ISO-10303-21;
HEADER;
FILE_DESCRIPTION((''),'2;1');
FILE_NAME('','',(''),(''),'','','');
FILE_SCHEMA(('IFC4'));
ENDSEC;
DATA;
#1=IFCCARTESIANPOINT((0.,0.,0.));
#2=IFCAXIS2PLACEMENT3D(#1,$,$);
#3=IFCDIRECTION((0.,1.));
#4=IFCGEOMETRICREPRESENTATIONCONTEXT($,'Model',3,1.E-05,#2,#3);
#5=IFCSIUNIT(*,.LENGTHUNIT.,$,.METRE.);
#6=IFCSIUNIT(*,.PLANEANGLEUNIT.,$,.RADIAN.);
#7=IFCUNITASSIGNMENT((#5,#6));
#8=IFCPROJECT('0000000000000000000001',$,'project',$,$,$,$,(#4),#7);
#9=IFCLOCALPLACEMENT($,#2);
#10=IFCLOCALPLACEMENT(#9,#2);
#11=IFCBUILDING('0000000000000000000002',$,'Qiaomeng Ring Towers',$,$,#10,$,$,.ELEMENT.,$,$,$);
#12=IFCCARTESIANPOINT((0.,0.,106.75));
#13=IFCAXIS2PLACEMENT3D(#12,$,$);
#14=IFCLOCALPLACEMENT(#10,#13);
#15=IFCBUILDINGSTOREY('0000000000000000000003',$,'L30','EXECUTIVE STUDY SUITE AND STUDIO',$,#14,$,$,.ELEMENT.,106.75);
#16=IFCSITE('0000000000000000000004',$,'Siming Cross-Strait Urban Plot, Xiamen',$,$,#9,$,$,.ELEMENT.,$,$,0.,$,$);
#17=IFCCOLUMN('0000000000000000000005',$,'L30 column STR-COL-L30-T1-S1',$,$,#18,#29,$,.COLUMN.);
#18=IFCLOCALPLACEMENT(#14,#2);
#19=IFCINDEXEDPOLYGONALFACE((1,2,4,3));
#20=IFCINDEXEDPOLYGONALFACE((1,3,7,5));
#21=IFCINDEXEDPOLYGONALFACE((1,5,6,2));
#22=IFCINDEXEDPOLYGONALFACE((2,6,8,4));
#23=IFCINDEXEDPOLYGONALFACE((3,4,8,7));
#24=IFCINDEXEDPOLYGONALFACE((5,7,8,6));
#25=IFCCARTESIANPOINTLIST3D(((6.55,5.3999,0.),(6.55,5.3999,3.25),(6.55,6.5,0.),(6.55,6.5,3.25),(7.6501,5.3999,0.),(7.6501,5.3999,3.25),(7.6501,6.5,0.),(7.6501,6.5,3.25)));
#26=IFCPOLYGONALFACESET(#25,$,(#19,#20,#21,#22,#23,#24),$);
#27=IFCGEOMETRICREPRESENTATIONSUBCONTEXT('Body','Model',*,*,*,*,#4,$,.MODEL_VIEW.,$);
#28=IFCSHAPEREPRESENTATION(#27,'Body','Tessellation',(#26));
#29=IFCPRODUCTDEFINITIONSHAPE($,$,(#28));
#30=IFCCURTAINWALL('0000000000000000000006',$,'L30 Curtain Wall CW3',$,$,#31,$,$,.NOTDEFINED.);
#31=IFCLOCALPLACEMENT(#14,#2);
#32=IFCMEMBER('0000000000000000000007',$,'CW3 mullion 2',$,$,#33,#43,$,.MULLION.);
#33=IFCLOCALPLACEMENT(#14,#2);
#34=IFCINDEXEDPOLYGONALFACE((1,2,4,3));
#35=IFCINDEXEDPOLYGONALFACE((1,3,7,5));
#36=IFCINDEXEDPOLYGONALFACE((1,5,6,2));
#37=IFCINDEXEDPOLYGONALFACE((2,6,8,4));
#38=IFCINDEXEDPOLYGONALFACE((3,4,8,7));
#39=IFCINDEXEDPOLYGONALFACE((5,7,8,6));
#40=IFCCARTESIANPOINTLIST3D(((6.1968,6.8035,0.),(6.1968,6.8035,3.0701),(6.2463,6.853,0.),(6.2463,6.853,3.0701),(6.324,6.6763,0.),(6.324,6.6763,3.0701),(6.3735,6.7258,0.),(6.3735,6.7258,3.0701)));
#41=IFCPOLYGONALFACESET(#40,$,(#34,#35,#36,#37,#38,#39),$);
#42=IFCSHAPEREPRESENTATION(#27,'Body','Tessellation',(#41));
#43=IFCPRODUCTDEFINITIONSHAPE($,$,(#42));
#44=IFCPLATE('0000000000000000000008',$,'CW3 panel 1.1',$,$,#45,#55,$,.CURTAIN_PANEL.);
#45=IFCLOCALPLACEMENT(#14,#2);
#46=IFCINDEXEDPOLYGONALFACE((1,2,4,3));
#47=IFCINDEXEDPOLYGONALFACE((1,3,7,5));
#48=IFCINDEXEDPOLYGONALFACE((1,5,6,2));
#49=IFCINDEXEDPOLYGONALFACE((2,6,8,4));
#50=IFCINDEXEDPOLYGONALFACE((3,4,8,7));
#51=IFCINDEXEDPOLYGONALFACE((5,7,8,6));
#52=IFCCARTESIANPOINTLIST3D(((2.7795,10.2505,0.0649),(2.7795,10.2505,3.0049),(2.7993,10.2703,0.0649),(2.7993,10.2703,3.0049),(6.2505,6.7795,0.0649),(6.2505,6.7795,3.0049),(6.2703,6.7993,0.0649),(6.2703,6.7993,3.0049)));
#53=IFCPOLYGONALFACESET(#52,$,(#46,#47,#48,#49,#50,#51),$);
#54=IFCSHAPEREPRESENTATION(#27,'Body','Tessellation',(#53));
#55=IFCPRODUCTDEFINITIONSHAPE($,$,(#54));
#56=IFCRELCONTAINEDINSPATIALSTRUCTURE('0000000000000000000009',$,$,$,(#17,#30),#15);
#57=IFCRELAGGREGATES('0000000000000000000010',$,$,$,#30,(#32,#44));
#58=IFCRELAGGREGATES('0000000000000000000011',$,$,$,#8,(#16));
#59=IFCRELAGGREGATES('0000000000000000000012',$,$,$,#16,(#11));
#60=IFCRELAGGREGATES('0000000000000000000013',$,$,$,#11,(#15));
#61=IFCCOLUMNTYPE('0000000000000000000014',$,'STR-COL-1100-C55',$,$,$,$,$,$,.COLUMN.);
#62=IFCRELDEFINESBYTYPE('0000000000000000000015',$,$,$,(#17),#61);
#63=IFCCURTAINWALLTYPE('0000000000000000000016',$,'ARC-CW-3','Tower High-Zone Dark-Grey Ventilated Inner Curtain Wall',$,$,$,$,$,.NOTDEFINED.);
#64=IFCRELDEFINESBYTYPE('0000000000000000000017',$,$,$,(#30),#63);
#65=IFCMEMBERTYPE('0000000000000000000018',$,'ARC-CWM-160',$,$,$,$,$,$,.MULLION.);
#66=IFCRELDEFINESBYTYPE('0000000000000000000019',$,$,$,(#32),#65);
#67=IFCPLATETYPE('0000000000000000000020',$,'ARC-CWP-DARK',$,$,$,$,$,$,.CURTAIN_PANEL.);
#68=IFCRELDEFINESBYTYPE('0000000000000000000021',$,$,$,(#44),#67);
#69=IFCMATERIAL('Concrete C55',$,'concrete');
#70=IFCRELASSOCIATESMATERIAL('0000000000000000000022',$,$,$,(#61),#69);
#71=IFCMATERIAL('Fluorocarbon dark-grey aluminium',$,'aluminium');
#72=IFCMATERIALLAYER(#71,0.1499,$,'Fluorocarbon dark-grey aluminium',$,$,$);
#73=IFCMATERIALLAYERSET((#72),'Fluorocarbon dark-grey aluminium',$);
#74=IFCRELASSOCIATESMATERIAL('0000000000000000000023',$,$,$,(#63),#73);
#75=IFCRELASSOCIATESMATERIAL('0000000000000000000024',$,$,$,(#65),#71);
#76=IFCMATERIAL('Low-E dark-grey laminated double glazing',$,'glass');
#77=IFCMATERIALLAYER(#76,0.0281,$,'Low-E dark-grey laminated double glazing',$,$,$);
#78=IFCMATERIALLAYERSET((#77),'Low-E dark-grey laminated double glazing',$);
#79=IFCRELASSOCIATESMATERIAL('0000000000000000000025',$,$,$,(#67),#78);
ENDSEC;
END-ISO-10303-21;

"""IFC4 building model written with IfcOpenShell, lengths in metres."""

from ifc_helpers import new_model, si_unit, direction, frame, origin, origin_2d, place, context, subcontext, project, spatial, rectangle, extrude, source, transform, mapped, material, layer, layer_set, material_profile, profile_set, type_object, element, aggregate, save


model = new_model("IFC4")

# Units and contexts
model_context = context("Model", 3, precision=1e-05, world=origin(), true_north=direction((0.0, 1.0)))
body_context = subcontext(model_context, "Body", "Model", "MODEL_VIEW")
ifc_project = project(units=[si_unit("LENGTHUNIT", "METRE"), si_unit("PLANEANGLEUNIT", "RADIAN")], contexts=[model_context])

# Site, building, storey
site_placement = place(None, origin())
site = spatial("IfcSite", under=ifc_project, at=site_placement, Name="Siming Cross-Strait Urban Plot, Xiamen", CompositionType="ELEMENT", RefElevation=0.0)
building_placement = place(site_placement, origin())
building = spatial("IfcBuilding", under=site, at=building_placement, Name="Qiaomeng Ring Towers", CompositionType="ELEMENT")
storey_placement = place(building_placement, frame((0.0, 0.0, 106.75)))
storey = spatial("IfcBuildingStorey", under=building, at=storey_placement, Name="L30", Description="EXECUTIVE STUDY SUITE AND STUDIO", CompositionType="ELEMENT", Elevation=106.75)

# Column
ifc_material_1 = material(Name="Concrete C55", Category="concrete")
ifc_material_profile_1 = material_profile(ifc_material_1, rectangle(XDim=1.1001, YDim=1.1001, at=origin_2d()), Name="RC COL 1100x1100")
ifc_profile_set_1 = profile_set([ifc_material_profile_1], Name="Concrete C55")
column_type = type_object("IfcColumnType", Name="STR-COL-1100-C55", PredefinedType="COLUMN", material=ifc_profile_set_1)
shared_shape_1 = source(origin(), body_context, "Body", "SweptSolid", [
    extrude(rectangle(XDim=1.1001, YDim=1.1001, at=origin_2d()), origin(), (0.0, 0.0, 1.0), 3.25),
])
column_placement = place(storey_placement, frame((7.1001, 5.95, 0.0), z_axis=(0.0, 0.0, 1.0), x_axis=(1.0, 0.0, 0.0)))
element("IfcColumn", 1, at=column_placement, inside=storey, type_object=column_type, Name="L30 column STR-COL-L30-T1-S1", PredefinedType="COLUMN", context=body_context, shape_type="MappedRepresentation", body=[
    mapped(shared_shape_1, transform((0.0, 0.0, 0.0), x_axis=(1.0, 0.0, 0.0), y_axis=(0.0, 1.0, 0.0), z_axis=(0.0, 0.0, 1.0), scale=1.0)),
])

# Curtain wall, member, plate
ifc_material_2 = material(Name="Fluorocarbon dark-grey aluminium", Category="aluminium")
ifc_layer_1 = layer(ifc_material_2, 0.1499, Name="Fluorocarbon dark-grey aluminium")
ifc_layer_set_1 = layer_set([ifc_layer_1], Name="Fluorocarbon dark-grey aluminium")
curtain_wall_type = type_object("IfcCurtainWallType", Name="ARC-CW-3", Description="Tower High-Zone Dark-Grey Ventilated Inner Curtain Wall", PredefinedType="NOTDEFINED", material=ifc_layer_set_1)
curtain_wall_placement = place(storey_placement, origin())
curtain_wall = element("IfcCurtainWall", 2, at=curtain_wall_placement, inside=storey, type_object=curtain_wall_type, Name="L30 Curtain Wall CW3", PredefinedType="NOTDEFINED")
ifc_material_profile_2 = material_profile(ifc_material_2, rectangle(XDim=0.0701, YDim=0.1799, at=origin_2d()), Name="ALU MULL 70x180")
ifc_profile_set_2 = profile_set([ifc_material_profile_2], Name="Fluorocarbon dark-grey aluminium")
member_type = type_object("IfcMemberType", Name="ARC-CWM-160", PredefinedType="MULLION", material=ifc_profile_set_2)
shared_shape_2 = source(origin(), body_context, "Body", "SweptSolid", [
    extrude(rectangle(XDim=0.0701, YDim=0.1799, at=origin_2d()), origin(), (0.0, 0.0, 1.0), 3.0701),
])
member_placement = place(storey_placement, frame((6.2852, 6.7646, 0.0), z_axis=(0.0, 0.0, 1.0), x_axis=(0.707107, 0.707107, 0.0)))
member = element("IfcMember", 3, at=member_placement, type_object=member_type, Name="CW3 mullion 2", PredefinedType="MULLION", context=body_context, shape_type="MappedRepresentation", body=[
    mapped(shared_shape_2, transform((0.0, 0.0, 0.0), x_axis=(1.0, 0.0, 0.0), y_axis=(0.0, 1.0, 0.0), z_axis=(0.0, 0.0, 1.0), scale=1.0)),
])
ifc_material_3 = material(Name="Low-E dark-grey laminated double glazing", Category="glass")
ifc_layer_2 = layer(ifc_material_3, 0.0281, Name="Low-E dark-grey laminated double glazing")
ifc_layer_set_2 = layer_set([ifc_layer_2], Name="Low-E dark-grey laminated double glazing")
plate_type = type_object("IfcPlateType", Name="ARC-CWP-DARK", PredefinedType="CURTAIN_PANEL", material=ifc_layer_set_2)
shared_shape_3 = source(origin(), body_context, "Body", "SweptSolid", [
    extrude(rectangle(XDim=4.9087, YDim=0.0281, at=origin_2d()), origin(), (0.0, 0.0, 1.0), 2.9399),
])
plate_placement = place(storey_placement, frame((4.5249, 8.5249, 0.0649), z_axis=(0.0, 0.0, 1.0), x_axis=(0.707107, -0.707107, 0.0)))
plate = element("IfcPlate", 4, at=plate_placement, type_object=plate_type, Name="CW3 panel 1.1", PredefinedType="CURTAIN_PANEL", context=body_context, shape_type="MappedRepresentation", body=[
    mapped(shared_shape_3, transform((0.0, 0.0, 0.0), x_axis=(1.0, 0.0, 0.0), y_axis=(0.0, 1.0, 0.0), z_axis=(0.0, 0.0, 1.0), scale=1.0)),
])
aggregate(curtain_wall, [member, plate])

save(model, "model.ifc")
